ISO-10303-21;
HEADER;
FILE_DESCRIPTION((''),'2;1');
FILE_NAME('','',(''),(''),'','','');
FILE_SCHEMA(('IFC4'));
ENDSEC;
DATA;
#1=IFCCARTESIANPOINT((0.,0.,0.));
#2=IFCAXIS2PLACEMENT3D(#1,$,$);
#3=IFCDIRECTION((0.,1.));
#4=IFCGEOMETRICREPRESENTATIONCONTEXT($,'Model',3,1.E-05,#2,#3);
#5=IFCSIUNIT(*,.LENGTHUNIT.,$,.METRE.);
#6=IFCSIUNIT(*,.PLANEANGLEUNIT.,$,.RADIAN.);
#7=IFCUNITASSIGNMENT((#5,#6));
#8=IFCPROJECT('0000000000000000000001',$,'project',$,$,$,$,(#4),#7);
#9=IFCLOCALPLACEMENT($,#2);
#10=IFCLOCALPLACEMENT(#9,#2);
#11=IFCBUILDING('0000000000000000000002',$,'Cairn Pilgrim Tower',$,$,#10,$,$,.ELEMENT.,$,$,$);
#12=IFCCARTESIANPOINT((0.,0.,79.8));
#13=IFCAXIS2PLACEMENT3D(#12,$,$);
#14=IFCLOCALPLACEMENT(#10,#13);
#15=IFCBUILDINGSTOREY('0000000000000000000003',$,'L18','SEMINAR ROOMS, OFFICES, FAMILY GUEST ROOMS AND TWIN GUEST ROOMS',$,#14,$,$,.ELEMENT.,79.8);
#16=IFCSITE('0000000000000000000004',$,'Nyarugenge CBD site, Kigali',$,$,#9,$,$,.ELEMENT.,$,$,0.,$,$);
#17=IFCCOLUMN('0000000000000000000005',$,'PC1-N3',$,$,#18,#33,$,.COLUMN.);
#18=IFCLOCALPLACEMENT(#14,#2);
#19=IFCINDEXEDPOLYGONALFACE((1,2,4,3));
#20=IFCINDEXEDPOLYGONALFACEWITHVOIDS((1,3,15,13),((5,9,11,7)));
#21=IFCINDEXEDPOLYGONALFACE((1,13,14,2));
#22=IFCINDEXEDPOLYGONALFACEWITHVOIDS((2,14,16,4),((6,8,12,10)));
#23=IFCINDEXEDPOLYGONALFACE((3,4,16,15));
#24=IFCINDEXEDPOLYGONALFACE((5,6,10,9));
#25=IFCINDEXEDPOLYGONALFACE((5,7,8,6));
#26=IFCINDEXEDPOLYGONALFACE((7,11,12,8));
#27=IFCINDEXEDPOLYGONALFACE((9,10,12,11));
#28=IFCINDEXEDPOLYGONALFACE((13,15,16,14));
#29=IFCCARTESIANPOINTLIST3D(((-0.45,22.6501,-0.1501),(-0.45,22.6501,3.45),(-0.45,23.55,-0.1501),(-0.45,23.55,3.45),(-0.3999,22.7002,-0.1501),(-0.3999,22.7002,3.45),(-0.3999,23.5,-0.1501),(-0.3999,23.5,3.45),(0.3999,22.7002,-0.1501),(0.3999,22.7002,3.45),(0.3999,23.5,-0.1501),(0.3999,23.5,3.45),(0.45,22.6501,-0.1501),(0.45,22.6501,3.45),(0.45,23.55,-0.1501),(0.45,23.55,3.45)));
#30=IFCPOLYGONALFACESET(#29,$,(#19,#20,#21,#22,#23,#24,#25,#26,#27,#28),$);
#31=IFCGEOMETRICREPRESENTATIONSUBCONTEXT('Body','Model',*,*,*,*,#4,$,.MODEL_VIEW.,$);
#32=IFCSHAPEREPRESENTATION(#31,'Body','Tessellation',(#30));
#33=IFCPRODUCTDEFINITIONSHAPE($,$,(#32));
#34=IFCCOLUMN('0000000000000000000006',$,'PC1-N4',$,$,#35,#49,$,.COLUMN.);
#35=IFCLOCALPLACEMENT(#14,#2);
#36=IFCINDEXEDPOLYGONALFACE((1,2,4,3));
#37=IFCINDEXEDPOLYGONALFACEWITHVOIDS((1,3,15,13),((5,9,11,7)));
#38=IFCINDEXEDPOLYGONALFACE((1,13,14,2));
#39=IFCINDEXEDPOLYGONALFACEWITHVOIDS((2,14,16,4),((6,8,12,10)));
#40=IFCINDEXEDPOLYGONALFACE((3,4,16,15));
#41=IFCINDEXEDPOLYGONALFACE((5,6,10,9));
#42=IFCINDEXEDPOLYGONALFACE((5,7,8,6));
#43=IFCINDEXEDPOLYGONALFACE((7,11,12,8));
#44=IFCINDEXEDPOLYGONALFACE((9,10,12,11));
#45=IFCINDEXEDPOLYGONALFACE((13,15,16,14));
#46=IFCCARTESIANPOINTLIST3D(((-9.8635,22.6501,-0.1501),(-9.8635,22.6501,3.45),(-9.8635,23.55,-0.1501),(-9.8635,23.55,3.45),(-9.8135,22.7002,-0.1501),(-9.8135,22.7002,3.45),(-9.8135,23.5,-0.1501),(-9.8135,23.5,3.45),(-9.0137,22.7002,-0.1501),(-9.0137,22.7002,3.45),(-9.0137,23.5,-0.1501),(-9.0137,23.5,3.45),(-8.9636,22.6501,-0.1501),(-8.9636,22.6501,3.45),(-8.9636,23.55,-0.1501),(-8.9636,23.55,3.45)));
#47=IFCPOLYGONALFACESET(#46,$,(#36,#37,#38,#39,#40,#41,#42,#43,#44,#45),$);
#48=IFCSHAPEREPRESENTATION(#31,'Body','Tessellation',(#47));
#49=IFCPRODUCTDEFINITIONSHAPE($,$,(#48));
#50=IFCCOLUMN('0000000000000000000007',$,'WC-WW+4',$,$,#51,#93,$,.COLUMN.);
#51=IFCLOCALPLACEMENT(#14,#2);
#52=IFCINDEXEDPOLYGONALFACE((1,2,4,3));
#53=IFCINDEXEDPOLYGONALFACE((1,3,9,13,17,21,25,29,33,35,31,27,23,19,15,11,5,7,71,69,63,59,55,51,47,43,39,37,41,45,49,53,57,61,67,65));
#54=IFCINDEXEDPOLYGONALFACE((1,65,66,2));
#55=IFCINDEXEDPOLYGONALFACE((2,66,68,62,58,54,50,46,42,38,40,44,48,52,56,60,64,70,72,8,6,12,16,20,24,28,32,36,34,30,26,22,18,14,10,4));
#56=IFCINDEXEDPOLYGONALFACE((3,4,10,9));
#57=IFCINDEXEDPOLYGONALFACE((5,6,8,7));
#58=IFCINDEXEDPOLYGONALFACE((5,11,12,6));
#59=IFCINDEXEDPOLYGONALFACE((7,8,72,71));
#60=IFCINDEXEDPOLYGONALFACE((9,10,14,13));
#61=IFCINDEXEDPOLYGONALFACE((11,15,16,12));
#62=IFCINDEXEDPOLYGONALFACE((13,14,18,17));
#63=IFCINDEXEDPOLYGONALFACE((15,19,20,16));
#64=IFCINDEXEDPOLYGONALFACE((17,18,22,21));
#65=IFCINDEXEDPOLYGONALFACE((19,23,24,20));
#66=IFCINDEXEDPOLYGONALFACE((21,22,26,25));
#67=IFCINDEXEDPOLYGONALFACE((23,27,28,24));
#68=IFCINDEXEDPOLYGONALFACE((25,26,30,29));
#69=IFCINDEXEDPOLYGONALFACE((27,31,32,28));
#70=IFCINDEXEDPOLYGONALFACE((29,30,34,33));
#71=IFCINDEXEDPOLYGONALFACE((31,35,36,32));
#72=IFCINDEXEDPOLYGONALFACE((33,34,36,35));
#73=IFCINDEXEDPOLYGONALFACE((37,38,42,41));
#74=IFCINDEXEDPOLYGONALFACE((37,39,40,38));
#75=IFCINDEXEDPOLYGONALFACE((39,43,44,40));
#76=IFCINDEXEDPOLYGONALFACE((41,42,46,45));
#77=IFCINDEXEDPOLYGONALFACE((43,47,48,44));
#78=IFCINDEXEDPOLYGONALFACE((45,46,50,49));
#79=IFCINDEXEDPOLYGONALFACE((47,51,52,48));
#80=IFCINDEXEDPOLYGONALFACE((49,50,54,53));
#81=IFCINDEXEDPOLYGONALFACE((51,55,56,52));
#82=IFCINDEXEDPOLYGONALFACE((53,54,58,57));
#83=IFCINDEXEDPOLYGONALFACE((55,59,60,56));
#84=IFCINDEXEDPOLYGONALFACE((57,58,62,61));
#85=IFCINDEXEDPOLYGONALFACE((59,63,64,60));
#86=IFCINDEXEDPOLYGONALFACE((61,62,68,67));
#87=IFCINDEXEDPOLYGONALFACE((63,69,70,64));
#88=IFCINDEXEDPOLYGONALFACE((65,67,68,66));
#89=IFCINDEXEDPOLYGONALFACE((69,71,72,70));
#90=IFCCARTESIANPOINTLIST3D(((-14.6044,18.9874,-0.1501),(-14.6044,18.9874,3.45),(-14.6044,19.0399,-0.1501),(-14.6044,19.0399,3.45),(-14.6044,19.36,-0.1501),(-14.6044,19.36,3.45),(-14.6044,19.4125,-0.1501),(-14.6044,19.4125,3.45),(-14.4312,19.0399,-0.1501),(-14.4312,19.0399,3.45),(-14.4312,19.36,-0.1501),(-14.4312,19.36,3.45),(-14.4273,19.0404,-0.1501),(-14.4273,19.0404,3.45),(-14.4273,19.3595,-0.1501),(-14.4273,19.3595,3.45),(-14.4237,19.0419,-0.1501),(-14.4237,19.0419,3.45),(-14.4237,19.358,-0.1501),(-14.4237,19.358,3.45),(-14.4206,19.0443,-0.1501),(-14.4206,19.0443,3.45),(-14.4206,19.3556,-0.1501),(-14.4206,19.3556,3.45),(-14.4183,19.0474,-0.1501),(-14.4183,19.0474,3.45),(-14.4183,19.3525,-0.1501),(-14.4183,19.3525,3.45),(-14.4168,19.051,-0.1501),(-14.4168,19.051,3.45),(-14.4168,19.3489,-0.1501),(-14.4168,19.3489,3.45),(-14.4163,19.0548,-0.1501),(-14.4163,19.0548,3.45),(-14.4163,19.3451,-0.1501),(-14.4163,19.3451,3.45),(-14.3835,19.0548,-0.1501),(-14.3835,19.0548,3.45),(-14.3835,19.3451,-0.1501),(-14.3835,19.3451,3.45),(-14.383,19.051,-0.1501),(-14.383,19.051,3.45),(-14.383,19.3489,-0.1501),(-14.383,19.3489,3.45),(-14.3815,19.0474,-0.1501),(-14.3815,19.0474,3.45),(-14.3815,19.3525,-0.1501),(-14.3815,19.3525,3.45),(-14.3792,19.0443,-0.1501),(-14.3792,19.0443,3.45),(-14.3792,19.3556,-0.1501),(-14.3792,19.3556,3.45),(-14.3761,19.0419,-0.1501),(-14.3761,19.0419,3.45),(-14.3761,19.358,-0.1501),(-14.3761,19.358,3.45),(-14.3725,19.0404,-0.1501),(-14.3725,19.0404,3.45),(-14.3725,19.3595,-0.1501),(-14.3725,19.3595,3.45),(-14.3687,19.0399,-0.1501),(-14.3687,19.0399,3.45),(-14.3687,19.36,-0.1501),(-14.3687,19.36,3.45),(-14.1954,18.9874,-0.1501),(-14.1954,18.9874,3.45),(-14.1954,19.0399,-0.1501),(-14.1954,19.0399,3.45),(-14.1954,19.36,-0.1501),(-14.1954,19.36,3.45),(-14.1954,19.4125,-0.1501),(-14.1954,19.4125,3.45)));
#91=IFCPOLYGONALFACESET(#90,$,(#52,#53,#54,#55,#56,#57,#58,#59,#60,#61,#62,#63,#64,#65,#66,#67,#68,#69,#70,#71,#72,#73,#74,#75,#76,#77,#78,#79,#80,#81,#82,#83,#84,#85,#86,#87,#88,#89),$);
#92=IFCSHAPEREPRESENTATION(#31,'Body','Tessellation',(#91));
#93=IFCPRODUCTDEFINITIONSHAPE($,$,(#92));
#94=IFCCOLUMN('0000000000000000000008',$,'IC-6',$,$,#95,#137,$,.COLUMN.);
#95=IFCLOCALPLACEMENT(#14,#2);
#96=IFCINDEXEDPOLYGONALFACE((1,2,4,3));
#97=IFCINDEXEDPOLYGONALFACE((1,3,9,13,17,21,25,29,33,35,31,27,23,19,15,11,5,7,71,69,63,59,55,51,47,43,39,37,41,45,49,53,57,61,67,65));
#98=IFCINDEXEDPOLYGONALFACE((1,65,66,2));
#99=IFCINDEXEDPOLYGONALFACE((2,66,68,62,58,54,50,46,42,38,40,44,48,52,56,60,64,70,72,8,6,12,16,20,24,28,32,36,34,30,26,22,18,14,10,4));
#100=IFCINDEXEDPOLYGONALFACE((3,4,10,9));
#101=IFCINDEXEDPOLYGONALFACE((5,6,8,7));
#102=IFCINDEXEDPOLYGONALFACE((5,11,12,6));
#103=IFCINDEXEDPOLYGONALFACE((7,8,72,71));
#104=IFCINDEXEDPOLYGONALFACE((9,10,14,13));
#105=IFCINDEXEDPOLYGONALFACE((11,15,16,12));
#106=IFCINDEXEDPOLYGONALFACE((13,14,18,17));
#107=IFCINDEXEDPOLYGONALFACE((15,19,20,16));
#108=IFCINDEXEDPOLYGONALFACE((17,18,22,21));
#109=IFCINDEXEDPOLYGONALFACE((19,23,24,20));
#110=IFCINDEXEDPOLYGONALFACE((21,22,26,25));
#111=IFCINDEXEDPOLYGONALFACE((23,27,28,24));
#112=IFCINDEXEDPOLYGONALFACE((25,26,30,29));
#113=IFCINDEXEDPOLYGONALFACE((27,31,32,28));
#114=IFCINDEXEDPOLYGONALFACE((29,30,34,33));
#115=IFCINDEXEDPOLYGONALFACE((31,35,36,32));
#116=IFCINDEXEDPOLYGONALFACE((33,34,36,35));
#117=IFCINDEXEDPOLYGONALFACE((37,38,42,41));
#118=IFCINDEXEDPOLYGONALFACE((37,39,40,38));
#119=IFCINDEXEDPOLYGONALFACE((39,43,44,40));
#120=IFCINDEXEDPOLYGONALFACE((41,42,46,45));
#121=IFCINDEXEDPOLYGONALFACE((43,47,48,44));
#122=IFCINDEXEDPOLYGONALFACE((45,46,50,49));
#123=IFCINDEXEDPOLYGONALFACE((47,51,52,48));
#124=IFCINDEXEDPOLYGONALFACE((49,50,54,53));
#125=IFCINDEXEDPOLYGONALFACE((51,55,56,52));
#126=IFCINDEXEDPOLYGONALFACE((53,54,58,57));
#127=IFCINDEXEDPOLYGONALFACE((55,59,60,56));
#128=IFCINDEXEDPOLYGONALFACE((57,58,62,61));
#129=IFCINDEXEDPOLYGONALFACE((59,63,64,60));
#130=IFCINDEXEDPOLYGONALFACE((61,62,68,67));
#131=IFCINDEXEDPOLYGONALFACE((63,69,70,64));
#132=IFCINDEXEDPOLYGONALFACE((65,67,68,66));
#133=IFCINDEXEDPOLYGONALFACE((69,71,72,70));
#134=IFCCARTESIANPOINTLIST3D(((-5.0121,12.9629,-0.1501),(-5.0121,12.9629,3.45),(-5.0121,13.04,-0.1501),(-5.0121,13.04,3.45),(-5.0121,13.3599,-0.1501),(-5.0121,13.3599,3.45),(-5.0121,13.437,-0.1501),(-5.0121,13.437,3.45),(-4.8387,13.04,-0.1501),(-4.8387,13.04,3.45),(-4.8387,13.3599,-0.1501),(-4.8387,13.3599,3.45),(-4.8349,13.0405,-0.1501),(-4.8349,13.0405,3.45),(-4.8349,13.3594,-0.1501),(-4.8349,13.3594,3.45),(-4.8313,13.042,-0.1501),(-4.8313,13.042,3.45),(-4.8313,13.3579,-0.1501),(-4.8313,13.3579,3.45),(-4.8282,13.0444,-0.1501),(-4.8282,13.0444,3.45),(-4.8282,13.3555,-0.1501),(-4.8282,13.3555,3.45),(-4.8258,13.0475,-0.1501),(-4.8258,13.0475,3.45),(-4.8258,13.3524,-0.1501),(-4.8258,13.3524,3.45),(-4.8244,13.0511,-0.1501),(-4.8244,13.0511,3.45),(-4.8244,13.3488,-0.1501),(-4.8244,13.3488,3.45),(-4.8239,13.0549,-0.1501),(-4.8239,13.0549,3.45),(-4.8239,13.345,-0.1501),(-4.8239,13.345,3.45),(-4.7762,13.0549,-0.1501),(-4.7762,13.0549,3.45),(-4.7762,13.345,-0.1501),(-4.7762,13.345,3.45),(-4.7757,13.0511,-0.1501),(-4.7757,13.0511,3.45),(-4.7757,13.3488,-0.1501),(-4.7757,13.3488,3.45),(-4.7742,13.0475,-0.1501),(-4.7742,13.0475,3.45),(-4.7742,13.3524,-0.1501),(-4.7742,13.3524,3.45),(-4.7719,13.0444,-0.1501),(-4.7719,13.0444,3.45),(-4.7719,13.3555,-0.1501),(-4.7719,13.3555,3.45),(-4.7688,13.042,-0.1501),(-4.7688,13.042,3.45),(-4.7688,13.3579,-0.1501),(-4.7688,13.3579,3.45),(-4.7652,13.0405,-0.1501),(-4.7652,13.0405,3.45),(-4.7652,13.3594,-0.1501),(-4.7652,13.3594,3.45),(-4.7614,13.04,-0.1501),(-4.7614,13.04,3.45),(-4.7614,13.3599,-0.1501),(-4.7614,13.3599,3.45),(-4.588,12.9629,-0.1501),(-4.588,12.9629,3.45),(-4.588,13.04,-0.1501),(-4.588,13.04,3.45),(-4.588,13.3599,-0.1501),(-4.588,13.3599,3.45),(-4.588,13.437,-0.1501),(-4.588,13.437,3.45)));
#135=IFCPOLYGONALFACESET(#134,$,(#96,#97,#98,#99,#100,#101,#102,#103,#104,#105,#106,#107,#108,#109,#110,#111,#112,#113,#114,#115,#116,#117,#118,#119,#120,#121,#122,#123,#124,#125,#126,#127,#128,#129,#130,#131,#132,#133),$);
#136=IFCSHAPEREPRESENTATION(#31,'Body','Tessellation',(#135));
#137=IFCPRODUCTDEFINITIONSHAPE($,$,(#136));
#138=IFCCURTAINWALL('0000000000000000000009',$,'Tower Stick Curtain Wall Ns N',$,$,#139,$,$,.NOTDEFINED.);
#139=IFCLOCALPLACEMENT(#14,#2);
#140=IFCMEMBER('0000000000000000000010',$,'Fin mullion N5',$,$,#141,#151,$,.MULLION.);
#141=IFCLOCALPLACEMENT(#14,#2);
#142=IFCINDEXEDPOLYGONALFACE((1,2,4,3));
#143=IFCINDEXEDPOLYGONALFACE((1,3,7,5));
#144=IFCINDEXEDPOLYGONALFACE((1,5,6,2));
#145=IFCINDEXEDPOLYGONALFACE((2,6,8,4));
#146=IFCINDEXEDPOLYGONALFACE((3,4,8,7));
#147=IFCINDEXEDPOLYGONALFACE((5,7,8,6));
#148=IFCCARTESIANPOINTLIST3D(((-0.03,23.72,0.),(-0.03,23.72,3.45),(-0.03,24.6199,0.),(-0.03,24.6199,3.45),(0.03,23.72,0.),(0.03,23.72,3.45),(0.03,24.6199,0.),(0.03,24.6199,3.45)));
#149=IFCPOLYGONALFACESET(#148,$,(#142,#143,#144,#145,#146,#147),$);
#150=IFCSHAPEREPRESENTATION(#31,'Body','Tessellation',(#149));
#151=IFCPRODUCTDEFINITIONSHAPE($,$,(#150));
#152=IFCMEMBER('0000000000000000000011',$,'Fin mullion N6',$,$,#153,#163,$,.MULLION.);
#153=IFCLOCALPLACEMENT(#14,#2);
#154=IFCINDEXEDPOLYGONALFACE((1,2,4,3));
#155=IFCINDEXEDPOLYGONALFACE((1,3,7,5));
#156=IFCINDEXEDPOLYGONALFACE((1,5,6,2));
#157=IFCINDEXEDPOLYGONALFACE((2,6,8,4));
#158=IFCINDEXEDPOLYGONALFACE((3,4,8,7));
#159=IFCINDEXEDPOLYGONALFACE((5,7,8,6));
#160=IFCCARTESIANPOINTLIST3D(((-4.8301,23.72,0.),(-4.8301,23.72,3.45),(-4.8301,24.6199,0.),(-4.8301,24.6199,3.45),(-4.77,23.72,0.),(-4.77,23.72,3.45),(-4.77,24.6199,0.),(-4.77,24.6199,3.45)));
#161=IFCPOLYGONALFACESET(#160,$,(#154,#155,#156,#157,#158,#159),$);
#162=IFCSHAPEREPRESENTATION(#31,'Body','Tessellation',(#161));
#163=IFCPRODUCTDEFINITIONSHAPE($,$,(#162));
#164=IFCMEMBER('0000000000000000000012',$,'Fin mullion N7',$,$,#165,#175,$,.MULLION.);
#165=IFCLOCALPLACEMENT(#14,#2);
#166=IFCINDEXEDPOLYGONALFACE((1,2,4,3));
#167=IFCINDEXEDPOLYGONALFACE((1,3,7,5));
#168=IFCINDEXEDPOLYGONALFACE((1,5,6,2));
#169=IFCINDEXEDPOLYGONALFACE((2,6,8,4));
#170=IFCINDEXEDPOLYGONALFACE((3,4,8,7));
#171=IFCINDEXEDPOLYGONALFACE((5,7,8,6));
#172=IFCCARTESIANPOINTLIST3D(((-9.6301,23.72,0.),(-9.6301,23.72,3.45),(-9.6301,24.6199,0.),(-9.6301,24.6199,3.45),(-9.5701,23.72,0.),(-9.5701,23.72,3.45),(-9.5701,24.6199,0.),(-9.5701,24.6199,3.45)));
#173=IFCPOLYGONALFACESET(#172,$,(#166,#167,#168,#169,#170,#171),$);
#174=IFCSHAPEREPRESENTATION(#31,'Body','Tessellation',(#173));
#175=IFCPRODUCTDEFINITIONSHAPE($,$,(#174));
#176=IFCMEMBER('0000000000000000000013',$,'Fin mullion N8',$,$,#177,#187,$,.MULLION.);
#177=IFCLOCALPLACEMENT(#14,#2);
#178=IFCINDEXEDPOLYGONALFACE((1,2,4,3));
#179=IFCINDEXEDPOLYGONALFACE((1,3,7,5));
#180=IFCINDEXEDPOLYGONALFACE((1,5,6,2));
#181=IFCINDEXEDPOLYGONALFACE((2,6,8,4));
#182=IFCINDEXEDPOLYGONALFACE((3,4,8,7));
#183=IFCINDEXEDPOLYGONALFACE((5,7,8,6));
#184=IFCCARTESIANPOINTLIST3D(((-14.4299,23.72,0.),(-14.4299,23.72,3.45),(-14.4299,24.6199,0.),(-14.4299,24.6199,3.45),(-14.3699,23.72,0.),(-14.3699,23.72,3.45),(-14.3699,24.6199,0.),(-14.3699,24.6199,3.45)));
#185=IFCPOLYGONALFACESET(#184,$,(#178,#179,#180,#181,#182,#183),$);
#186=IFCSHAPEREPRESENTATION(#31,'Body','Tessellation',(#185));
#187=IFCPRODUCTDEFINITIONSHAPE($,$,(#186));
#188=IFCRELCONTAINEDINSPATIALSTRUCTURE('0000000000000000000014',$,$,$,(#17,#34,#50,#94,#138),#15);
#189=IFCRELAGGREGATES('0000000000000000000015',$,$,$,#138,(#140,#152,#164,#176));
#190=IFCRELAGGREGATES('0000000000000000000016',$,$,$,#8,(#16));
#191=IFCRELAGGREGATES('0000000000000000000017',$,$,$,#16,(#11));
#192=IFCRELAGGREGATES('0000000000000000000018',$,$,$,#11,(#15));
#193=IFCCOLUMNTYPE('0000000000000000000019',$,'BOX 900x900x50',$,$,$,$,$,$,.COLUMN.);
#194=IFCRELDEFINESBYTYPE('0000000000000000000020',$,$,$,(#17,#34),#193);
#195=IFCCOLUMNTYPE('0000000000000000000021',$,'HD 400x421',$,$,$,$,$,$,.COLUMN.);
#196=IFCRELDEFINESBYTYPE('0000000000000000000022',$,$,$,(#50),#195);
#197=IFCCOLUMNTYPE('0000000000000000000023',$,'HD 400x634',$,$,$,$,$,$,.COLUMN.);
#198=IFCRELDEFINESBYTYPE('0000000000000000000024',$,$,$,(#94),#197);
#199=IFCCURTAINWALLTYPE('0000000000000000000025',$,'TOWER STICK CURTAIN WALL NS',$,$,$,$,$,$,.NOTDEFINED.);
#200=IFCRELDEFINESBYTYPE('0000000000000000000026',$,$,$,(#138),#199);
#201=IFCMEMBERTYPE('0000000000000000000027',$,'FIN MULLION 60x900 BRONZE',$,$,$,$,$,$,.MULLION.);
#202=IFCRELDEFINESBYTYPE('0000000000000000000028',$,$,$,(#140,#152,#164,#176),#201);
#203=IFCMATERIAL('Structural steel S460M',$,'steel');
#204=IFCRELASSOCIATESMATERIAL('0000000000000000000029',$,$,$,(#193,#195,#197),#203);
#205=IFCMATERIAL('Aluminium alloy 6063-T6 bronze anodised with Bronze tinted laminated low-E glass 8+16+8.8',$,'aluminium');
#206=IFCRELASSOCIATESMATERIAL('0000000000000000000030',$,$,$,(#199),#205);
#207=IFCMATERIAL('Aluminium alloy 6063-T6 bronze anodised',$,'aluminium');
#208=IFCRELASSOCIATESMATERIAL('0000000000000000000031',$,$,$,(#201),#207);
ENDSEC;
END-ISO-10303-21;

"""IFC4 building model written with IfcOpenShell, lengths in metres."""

from ifc_helpers import new_model, si_unit, direction, frame, origin, origin_2d, place, context, subcontext, project, spatial, rectangle, hollow_rectangle, i_section, extrude, material, material_profile, profile_set, type_object, element, aggregate, save


model = new_model("IFC4")

# Units and contexts
model_context = context("Model", 3, precision=1e-05, world=origin(), true_north=direction((0.0, 1.0)))
body_context = subcontext(model_context, "Body", "Model", "MODEL_VIEW")
ifc_project = project(units=[si_unit("LENGTHUNIT", "METRE"), si_unit("PLANEANGLEUNIT", "RADIAN")], contexts=[model_context])

# Site, building, storey
site_placement = place(None, origin())
site = spatial("IfcSite", under=ifc_project, at=site_placement, Name="Nyarugenge CBD site, Kigali", CompositionType="ELEMENT", RefElevation=0.0)
building_placement = place(site_placement, origin())
building = spatial("IfcBuilding", under=site, at=building_placement, Name="Cairn Pilgrim Tower", CompositionType="ELEMENT")
storey_placement = place(building_placement, frame((0.0, 0.0, 79.8)))
storey = spatial("IfcBuildingStorey", under=building, at=storey_placement, Name="L18", Description="SEMINAR ROOMS, OFFICES, FAMILY GUEST ROOMS AND TWIN GUEST ROOMS", CompositionType="ELEMENT", Elevation=79.8)

# Columns
ifc_material_1 = material(Name="Structural steel S460M", Category="steel")
ifc_material_profile_1 = material_profile(ifc_material_1, hollow_rectangle(XDim=0.8999, YDim=0.8999, WallThickness=0.05, at=origin_2d()), Name="BOX 900x900x50")
ifc_profile_set_1 = profile_set([ifc_material_profile_1], Name="Structural steel S460M")
column_type_1 = type_object("IfcColumnType", Name="BOX 900x900x50", PredefinedType="COLUMN", material=ifc_profile_set_1)
for number, where, z_axis, x_axis, name in (
    (1, (0.0, 23.1001, -0.1501), (0.0, 0.0, 1.0), (1.0, 0.0, 0.0), "PC1-N3"),
    (2, (-9.4136, 23.1001, -0.1501), (0.0, 0.0, 1.0), (1.0, 0.0, 0.0), "PC1-N4"),
):
    element("IfcColumn", number, at=place(storey_placement, frame(where, z_axis=z_axis, x_axis=x_axis)), inside=storey, type_object=column_type_1, Name=name, PredefinedType="COLUMN", context=body_context, shape_type="SweptSolid", body=[
        extrude(hollow_rectangle(XDim=0.8999, YDim=0.8999, WallThickness=0.05, at=origin_2d()), origin(), (0.0, 0.0, 1.0), 3.6001),
    ])
ifc_material_profile_2 = material_profile(ifc_material_1, i_section(OverallWidth=0.4089, OverallDepth=0.425, WebThickness=0.0327, FlangeThickness=0.0525, FilletRadius=0.0149, at=origin_2d()), Name="HD 400x421")
ifc_profile_set_2 = profile_set([ifc_material_profile_2], Name="Structural steel S460M")
column_type_2 = type_object("IfcColumnType", Name="HD 400x421", PredefinedType="COLUMN", material=ifc_profile_set_2)
column_1_placement = place(storey_placement, frame((-14.3999, 19.2, -0.1501), z_axis=(0.0, 0.0, 1.0), x_axis=(1.0, 0.0, 0.0)))
element("IfcColumn", 3, at=column_1_placement, inside=storey, type_object=column_type_2, Name="WC-WW+4", PredefinedType="COLUMN", context=body_context, shape_type="SweptSolid", body=[
    extrude(i_section(OverallWidth=0.4089, OverallDepth=0.425, WebThickness=0.0327, FlangeThickness=0.0525, FilletRadius=0.0149, at=origin_2d()), origin(), (0.0, 0.0, 1.0), 3.6001),
])
ifc_material_profile_3 = material_profile(ifc_material_1, i_section(OverallWidth=0.4241, OverallDepth=0.4741, WebThickness=0.0476, FlangeThickness=0.0771, FilletRadius=0.0149, at=origin_2d()), Name="HD 400x634")
ifc_profile_set_3 = profile_set([ifc_material_profile_3], Name="Structural steel S460M")
column_type_3 = type_object("IfcColumnType", Name="HD 400x634", PredefinedType="COLUMN", material=ifc_profile_set_3)
column_2_placement = place(storey_placement, frame((-4.8, 13.2, -0.1501), z_axis=(0.0, 0.0, 1.0), x_axis=(1.0, 0.0, 0.0)))
element("IfcColumn", 4, at=column_2_placement, inside=storey, type_object=column_type_3, Name="IC-6", PredefinedType="COLUMN", context=body_context, shape_type="SweptSolid", body=[
    extrude(i_section(OverallWidth=0.4241, OverallDepth=0.4741, WebThickness=0.0476, FlangeThickness=0.0771, FilletRadius=0.0149, at=origin_2d()), origin(), (0.0, 0.0, 1.0), 3.6001),
])

# Curtain wall, members
ifc_material_2 = material(Name="Aluminium alloy 6063-T6 bronze anodised with Bronze tinted laminated low-E glass 8+16+8.8", Category="aluminium")
curtain_wall_type = type_object("IfcCurtainWallType", Name="TOWER STICK CURTAIN WALL NS", PredefinedType="NOTDEFINED", material=ifc_material_2)
curtain_wall_placement = place(storey_placement, origin())
curtain_wall = element("IfcCurtainWall", 5, at=curtain_wall_placement, inside=storey, type_object=curtain_wall_type, Name="Tower Stick Curtain Wall Ns N", PredefinedType="NOTDEFINED")
ifc_material_3 = material(Name="Aluminium alloy 6063-T6 bronze anodised", Category="aluminium")
ifc_material_profile_4 = material_profile(ifc_material_3, rectangle(XDim=0.8999, YDim=0.0601, at=origin_2d()), Name="FIN MULLION 60x900 BRONZE")
ifc_profile_set_4 = profile_set([ifc_material_profile_4], Name="Aluminium alloy 6063-T6 bronze anodised")
member_type_1 = type_object("IfcMemberType", Name="FIN MULLION 60x900 BRONZE", PredefinedType="MULLION", material=ifc_profile_set_4)
member_1_placement = place(storey_placement, frame((0.0, 24.1699, 0.0), z_axis=(0.0, 0.0, 1.0), x_axis=(0.0, 1.0, 0.0)))
member_1 = element("IfcMember", 6, at=member_1_placement, type_object=member_type_1, Name="Fin mullion N5", PredefinedType="MULLION", context=body_context, shape_type="SweptSolid", body=[
    extrude(rectangle(XDim=0.8999, YDim=0.0601, at=origin_2d()), origin(), (0.0, 0.0, 1.0), 3.45),
])
member_2_placement = place(storey_placement, frame((-4.8, 24.1699, 0.0), z_axis=(0.0, 0.0, 1.0), x_axis=(0.0, 1.0, 0.0)))
member_2 = element("IfcMember", 7, at=member_2_placement, type_object=member_type_1, Name="Fin mullion N6", PredefinedType="MULLION", context=body_context, shape_type="SweptSolid", body=[
    extrude(rectangle(XDim=0.8999, YDim=0.0601, at=origin_2d()), origin(), (0.0, 0.0, 1.0), 3.45),
])
member_3_placement = place(storey_placement, frame((-9.6001, 24.1699, 0.0), z_axis=(0.0, 0.0, 1.0), x_axis=(0.0, 1.0, 0.0)))
member_3 = element("IfcMember", 8, at=member_3_placement, type_object=member_type_1, Name="Fin mullion N7", PredefinedType="MULLION", context=body_context, shape_type="SweptSolid", body=[
    extrude(rectangle(XDim=0.8999, YDim=0.0601, at=origin_2d()), origin(), (0.0, 0.0, 1.0), 3.45),
])
member_4_placement = place(storey_placement, frame((-14.3999, 24.1699, 0.0), z_axis=(0.0, 0.0, 1.0), x_axis=(0.0, 1.0, 0.0)))
member_4 = element("IfcMember", 9, at=member_4_placement, type_object=member_type_1, Name="Fin mullion N8", PredefinedType="MULLION", context=body_context, shape_type="SweptSolid", body=[
    extrude(rectangle(XDim=0.8999, YDim=0.0601, at=origin_2d()), origin(), (0.0, 0.0, 1.0), 3.45),
])

aggregate(curtain_wall, [member_1, member_2, member_3, member_4])

save(model, "model.ifc")
